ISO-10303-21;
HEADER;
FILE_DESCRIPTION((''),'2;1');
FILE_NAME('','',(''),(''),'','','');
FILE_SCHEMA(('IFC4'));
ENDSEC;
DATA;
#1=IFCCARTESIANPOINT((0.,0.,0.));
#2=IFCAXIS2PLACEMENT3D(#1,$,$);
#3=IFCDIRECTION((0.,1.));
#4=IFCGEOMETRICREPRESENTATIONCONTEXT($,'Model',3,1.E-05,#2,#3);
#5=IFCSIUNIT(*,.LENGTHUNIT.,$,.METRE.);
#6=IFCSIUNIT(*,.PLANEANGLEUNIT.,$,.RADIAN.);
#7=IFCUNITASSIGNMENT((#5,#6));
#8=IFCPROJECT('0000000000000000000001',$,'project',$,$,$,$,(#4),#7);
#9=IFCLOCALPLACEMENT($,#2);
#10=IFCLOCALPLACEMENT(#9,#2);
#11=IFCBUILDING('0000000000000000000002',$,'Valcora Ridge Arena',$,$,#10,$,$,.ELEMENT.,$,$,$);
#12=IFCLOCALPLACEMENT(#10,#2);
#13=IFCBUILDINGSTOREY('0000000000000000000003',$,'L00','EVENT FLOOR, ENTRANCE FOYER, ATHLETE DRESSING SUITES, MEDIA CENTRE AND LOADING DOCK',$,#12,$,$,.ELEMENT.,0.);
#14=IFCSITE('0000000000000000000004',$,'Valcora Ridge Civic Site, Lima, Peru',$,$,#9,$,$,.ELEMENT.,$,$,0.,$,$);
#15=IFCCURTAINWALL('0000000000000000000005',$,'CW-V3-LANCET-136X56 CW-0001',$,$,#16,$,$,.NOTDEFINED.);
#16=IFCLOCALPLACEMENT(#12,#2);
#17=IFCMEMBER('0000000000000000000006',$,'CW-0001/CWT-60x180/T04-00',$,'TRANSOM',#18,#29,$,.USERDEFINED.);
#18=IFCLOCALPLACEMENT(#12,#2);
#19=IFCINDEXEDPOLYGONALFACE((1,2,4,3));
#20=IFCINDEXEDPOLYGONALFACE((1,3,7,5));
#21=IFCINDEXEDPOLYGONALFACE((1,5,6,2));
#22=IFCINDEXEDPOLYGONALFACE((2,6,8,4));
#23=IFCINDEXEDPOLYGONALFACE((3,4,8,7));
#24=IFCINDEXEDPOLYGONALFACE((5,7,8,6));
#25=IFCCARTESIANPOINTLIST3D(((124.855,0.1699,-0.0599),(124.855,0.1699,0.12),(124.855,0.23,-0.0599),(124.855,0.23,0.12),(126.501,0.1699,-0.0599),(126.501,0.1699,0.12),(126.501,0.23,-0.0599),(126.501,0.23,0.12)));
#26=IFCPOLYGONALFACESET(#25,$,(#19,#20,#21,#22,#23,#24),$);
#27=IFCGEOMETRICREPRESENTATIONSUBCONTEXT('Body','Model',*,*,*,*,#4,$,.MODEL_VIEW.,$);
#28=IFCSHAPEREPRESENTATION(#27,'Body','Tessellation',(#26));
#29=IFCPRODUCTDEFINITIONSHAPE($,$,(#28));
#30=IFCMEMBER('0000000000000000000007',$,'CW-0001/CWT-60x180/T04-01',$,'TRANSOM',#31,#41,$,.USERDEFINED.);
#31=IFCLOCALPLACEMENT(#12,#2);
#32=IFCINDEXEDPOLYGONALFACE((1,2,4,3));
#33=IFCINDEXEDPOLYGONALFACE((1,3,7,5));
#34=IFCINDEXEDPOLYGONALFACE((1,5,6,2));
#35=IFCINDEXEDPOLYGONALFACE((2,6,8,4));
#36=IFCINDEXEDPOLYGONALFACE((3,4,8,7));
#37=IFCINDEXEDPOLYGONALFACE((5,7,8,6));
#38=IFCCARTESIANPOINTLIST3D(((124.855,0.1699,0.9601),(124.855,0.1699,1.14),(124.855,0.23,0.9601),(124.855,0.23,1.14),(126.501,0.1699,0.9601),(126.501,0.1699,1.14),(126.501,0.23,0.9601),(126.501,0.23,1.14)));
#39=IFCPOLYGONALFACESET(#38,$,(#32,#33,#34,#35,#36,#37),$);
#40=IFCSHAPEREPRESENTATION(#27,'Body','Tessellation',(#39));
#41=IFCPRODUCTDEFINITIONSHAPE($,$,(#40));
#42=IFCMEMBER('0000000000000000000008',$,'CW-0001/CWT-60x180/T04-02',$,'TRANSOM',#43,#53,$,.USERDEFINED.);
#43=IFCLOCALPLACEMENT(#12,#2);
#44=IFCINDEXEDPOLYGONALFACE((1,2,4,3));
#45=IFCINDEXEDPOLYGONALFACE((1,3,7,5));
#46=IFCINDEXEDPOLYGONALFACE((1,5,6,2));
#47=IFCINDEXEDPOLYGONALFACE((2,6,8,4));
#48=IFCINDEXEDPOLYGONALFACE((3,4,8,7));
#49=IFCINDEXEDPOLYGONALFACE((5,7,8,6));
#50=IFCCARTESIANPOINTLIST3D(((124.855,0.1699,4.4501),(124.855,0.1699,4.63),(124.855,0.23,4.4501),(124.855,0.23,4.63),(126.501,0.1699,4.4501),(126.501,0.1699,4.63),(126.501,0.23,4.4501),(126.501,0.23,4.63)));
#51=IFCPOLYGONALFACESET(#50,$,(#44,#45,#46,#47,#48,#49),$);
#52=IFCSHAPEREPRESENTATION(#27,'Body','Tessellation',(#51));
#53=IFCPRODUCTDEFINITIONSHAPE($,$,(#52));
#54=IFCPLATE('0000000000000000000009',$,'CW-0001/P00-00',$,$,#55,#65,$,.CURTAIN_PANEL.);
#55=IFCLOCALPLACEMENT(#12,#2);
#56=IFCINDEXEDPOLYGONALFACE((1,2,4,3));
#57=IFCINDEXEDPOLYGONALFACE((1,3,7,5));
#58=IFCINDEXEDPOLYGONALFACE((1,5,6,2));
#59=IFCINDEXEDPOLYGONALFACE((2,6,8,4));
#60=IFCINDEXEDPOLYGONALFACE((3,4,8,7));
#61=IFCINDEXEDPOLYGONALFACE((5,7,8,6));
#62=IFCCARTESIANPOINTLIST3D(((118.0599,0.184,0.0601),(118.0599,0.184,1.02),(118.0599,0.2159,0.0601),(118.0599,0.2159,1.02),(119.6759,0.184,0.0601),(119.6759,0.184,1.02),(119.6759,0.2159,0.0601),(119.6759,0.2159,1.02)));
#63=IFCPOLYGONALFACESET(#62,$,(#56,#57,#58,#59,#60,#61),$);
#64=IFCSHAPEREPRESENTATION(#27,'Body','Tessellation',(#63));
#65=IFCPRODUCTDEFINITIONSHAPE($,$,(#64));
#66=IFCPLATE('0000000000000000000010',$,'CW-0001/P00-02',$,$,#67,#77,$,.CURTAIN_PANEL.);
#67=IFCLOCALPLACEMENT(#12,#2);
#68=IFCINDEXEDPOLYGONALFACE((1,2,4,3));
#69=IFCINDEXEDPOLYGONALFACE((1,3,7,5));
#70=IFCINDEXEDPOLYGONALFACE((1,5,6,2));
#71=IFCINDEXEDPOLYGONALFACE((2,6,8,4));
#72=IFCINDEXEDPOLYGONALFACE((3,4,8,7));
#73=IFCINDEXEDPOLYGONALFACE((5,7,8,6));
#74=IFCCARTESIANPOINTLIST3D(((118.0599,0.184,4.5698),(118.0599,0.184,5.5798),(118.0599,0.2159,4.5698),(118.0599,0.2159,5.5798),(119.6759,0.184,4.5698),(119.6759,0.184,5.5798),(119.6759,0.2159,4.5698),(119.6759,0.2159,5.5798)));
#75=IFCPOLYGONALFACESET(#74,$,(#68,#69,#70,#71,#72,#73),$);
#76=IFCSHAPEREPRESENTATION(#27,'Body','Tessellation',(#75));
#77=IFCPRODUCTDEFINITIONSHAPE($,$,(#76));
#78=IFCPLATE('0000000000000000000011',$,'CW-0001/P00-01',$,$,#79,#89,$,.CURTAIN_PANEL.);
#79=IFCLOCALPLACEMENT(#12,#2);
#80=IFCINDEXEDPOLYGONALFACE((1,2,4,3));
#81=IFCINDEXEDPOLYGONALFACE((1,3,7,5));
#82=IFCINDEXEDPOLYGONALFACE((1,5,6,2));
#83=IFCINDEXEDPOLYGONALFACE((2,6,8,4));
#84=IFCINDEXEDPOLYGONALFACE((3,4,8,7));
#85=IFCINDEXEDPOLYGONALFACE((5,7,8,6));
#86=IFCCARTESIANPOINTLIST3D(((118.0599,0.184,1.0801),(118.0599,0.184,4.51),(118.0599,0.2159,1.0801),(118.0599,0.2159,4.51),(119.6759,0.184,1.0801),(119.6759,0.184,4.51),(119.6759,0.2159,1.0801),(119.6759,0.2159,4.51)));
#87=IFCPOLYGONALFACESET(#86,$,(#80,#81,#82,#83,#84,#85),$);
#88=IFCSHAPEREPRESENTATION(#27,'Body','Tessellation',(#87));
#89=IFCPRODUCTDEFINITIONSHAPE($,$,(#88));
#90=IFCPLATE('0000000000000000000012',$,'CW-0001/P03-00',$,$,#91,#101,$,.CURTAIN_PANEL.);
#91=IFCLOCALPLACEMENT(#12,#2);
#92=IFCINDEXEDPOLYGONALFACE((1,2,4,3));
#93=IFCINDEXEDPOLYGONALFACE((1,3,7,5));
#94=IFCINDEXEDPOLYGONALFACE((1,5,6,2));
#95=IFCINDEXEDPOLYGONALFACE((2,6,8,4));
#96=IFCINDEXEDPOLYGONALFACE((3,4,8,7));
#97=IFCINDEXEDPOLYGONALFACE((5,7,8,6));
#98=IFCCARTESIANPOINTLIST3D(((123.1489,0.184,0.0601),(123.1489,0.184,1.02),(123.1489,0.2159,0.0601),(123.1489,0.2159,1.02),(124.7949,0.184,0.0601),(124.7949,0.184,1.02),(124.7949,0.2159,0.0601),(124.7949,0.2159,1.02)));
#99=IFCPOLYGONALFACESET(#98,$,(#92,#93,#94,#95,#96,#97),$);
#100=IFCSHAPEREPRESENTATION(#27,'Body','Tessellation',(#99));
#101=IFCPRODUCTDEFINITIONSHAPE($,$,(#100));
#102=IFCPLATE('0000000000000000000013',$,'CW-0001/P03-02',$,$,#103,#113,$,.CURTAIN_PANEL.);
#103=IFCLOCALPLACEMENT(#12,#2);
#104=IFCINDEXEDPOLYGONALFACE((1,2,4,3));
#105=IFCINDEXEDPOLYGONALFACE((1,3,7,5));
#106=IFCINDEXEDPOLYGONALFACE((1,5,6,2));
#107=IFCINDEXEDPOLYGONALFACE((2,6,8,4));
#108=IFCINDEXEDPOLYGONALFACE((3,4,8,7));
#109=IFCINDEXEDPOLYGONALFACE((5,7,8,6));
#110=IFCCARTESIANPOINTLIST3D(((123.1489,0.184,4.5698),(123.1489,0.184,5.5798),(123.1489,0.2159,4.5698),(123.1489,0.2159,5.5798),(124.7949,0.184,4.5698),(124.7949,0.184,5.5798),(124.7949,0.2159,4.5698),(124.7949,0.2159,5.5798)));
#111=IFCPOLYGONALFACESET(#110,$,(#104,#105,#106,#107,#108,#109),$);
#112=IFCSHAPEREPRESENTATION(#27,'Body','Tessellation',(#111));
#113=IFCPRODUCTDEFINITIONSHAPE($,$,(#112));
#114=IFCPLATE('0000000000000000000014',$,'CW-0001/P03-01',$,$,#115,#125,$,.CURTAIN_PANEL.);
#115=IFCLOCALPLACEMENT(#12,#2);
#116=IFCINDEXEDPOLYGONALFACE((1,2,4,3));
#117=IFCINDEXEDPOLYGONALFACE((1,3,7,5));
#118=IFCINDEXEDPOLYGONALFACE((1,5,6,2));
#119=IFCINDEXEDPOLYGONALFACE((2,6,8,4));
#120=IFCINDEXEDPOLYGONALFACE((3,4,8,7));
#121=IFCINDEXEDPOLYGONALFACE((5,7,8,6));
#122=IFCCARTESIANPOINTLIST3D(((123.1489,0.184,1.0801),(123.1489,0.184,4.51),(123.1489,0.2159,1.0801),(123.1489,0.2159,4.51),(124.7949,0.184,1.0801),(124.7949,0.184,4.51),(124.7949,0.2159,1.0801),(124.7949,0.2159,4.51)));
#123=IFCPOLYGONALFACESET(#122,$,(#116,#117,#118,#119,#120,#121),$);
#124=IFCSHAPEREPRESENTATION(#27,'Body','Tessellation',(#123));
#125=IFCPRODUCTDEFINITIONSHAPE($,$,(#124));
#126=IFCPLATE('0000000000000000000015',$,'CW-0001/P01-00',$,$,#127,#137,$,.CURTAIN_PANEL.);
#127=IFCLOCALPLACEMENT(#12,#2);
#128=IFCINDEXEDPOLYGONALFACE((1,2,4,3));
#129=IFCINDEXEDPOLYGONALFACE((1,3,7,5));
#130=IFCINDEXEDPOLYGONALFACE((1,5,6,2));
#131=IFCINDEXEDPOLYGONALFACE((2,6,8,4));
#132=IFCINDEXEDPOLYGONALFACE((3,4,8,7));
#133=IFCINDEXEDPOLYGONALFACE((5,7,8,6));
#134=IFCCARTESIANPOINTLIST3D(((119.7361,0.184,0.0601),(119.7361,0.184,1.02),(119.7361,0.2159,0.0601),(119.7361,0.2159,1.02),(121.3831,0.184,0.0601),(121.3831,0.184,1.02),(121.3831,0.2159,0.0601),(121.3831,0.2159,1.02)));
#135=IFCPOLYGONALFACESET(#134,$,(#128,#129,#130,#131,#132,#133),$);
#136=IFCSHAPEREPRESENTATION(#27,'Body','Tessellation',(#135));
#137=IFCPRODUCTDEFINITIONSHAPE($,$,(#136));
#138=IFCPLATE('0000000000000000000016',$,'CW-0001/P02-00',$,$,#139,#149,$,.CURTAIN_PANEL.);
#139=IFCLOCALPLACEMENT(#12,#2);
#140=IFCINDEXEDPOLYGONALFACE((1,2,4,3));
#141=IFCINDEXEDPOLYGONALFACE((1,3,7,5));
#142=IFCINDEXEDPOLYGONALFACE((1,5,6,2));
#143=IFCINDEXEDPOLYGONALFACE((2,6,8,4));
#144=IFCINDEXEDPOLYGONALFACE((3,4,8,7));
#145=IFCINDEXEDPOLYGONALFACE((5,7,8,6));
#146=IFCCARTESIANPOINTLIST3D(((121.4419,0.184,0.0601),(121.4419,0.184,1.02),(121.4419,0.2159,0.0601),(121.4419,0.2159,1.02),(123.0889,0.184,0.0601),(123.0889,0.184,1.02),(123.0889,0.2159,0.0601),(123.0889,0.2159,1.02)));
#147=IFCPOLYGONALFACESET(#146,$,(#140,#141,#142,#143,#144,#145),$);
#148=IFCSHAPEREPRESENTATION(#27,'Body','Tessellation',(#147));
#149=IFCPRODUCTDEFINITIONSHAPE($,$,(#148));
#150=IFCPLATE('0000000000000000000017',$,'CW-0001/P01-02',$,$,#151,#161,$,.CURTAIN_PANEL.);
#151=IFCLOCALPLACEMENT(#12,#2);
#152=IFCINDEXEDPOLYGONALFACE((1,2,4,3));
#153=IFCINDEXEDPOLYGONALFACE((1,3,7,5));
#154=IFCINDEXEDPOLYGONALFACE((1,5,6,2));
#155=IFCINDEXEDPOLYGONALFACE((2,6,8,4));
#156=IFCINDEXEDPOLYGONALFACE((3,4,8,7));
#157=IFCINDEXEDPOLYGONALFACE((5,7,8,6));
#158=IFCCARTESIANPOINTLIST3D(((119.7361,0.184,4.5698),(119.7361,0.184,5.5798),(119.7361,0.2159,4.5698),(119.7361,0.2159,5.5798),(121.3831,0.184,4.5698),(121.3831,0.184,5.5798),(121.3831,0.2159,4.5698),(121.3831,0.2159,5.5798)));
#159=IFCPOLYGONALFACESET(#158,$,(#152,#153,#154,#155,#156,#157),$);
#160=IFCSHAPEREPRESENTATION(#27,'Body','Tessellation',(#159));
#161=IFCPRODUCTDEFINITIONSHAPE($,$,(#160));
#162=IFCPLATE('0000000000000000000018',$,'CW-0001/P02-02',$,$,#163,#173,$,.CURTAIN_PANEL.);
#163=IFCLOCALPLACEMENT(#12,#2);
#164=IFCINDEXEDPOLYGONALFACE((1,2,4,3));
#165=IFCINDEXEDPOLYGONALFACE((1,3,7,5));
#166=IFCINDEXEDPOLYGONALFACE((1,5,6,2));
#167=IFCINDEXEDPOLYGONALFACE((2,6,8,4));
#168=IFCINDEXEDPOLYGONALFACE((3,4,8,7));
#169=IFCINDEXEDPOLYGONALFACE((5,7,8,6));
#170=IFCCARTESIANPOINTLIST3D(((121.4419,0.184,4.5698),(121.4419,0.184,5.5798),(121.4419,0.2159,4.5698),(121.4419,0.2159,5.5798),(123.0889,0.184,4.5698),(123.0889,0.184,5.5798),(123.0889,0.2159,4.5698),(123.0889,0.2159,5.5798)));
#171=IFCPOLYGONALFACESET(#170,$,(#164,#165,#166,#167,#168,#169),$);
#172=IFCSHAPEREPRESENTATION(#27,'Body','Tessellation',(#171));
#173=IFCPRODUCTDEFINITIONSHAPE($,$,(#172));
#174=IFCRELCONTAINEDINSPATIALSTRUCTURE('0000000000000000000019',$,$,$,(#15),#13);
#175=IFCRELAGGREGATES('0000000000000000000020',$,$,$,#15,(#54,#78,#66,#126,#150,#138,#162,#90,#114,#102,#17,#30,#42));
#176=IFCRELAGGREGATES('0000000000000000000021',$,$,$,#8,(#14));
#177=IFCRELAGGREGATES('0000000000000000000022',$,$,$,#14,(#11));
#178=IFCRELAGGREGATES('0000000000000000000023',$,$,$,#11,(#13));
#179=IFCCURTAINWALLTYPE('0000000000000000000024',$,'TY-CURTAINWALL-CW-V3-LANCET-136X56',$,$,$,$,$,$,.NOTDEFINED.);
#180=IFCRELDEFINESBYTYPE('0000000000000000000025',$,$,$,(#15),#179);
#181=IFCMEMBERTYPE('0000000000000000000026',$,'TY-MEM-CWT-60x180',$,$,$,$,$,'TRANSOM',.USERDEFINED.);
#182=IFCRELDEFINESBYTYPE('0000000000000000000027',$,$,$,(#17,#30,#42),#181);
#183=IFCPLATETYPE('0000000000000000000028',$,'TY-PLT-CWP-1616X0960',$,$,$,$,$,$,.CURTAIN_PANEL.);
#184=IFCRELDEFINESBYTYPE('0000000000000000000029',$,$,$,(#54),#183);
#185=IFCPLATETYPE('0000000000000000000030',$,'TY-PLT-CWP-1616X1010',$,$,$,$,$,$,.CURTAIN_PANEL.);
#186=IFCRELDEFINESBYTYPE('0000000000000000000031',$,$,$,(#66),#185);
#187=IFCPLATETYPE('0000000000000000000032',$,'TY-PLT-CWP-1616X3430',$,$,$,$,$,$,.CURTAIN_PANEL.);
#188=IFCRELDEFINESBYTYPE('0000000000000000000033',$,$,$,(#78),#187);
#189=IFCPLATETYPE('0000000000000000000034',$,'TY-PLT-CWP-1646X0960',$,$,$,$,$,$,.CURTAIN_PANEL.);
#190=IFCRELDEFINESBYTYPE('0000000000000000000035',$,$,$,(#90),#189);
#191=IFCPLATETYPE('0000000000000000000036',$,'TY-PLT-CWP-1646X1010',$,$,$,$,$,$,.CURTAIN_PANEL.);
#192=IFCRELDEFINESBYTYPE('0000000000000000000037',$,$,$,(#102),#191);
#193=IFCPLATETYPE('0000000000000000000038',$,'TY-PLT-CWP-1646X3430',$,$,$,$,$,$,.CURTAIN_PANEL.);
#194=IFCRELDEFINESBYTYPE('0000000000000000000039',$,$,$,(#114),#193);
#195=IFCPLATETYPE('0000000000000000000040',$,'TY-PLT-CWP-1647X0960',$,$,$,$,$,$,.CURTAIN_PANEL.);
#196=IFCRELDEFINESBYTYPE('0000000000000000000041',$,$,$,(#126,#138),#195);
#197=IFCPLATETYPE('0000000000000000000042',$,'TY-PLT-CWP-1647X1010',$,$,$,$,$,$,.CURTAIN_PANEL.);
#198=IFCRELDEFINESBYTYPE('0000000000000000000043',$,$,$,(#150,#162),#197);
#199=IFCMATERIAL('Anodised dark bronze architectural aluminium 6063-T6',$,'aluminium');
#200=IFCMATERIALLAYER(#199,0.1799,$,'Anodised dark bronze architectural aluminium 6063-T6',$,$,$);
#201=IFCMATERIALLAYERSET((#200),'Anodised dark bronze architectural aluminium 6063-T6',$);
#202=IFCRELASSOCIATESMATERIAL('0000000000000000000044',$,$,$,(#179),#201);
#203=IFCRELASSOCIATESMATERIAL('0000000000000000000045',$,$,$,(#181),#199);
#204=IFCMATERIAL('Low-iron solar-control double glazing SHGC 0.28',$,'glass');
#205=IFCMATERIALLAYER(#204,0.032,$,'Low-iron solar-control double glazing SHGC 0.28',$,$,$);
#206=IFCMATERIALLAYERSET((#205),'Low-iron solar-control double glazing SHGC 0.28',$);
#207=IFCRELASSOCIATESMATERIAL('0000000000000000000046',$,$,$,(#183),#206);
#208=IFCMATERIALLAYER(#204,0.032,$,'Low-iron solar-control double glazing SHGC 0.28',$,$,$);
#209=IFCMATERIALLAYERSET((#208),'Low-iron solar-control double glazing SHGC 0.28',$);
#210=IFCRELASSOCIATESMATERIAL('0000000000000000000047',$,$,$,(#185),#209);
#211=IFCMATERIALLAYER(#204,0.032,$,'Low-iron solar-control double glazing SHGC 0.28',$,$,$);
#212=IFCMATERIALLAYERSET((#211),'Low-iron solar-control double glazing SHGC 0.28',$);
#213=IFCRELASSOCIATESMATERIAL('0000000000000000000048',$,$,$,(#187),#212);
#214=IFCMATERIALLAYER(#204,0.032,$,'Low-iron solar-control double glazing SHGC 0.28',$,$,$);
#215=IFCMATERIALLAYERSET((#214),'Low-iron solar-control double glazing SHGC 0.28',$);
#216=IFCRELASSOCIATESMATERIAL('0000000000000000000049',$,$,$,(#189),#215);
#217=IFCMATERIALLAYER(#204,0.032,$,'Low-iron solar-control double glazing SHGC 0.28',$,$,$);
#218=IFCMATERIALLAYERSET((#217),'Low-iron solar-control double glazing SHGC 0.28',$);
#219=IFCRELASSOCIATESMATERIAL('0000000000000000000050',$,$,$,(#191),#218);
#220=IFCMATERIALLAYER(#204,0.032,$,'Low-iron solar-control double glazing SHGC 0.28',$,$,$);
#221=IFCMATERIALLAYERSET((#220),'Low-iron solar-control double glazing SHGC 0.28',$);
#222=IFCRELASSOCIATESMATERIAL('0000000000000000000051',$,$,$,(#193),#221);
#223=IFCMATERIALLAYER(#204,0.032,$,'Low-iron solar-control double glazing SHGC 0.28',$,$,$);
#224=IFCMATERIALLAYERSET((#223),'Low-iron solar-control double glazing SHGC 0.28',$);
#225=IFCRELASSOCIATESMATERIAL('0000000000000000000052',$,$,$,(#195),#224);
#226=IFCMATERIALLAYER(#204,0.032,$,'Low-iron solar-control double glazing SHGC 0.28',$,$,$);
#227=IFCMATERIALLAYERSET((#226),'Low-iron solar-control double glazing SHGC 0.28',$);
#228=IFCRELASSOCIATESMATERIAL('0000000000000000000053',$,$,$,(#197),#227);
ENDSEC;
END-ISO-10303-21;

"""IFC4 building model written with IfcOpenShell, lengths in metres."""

from ifc_helpers import new_model, si_unit, direction, frame, origin, origin_2d, place, context, subcontext, project, spatial, rectangle, extrude, material, layer, layer_set, material_profile, profile_set, type_object, element, aggregate, save


model = new_model("IFC4")

# Units and contexts
model_context = context("Model", 3, precision=1e-05, world=origin(), true_north=direction((0.0, 1.0)))
body_context = subcontext(model_context, "Body", "Model", "MODEL_VIEW")
ifc_project = project(units=[si_unit("LENGTHUNIT", "METRE"), si_unit("PLANEANGLEUNIT", "RADIAN")], contexts=[model_context])

# Site, building, storey
site_placement = place(None, origin())
site = spatial("IfcSite", under=ifc_project, at=site_placement, Name="Valcora Ridge Civic Site, Lima, Peru", CompositionType="ELEMENT", RefElevation=0.0)
building_placement = place(site_placement, origin())
building = spatial("IfcBuilding", under=site, at=building_placement, Name="Valcora Ridge Arena", CompositionType="ELEMENT")
storey_placement = place(building_placement, origin())
storey = spatial("IfcBuildingStorey", under=building, at=storey_placement, Name="L00", Description="EVENT FLOOR, ENTRANCE FOYER, ATHLETE DRESSING SUITES, MEDIA CENTRE AND LOADING DOCK", CompositionType="ELEMENT", Elevation=0.0)

# Curtain wall, members, plates
ifc_material_1 = material(Name="Anodised dark bronze architectural aluminium 6063-T6", Category="aluminium")
ifc_layer_1 = layer(ifc_material_1, 0.1799, Name="Anodised dark bronze architectural aluminium 6063-T6")
ifc_layer_set_1 = layer_set([ifc_layer_1], Name="Anodised dark bronze architectural aluminium 6063-T6")
curtain_wall_type = type_object("IfcCurtainWallType", Name="TY-CURTAINWALL-CW-V3-LANCET-136X56", PredefinedType="NOTDEFINED", material=ifc_layer_set_1)
curtain_wall_placement = place(storey_placement, origin())
curtain_wall = element("IfcCurtainWall", 1, at=curtain_wall_placement, inside=storey, type_object=curtain_wall_type, Name="CW-V3-LANCET-136X56 CW-0001", PredefinedType="NOTDEFINED")
ifc_material_profile_1 = material_profile(ifc_material_1, rectangle(XDim=0.0601, YDim=0.1799, at=origin_2d()), Name="ALU TRANSOM 60x180")
ifc_profile_set_1 = profile_set([ifc_material_profile_1], Name="Anodised dark bronze architectural aluminium 6063-T6")
member_type_1 = type_object("IfcMemberType", Name="TY-MEM-CWT-60x180", ElementType="TRANSOM", PredefinedType="USERDEFINED", material=ifc_profile_set_1)
member_1_placement = place(storey_placement, frame((124.855, 0.2, 0.03), z_axis=(1.0, 0.0, 0.0), x_axis=(0.0, 1.0, 0.0)))
member_1 = element("IfcMember", 2, at=member_1_placement, type_object=member_type_1, Name="CW-0001/CWT-60x180/T04-00", ObjectType="TRANSOM", PredefinedType="USERDEFINED", context=body_context, shape_type="SweptSolid", body=[
    extrude(rectangle(XDim=0.0601, YDim=0.1799, at=origin_2d()), origin(), (0.0, 0.0, 1.0), 1.646),
])
member_2_placement = place(storey_placement, frame((124.855, 0.2, 1.05), z_axis=(1.0, 0.0, 0.0), x_axis=(0.0, 1.0, 0.0)))
member_2 = element("IfcMember", 3, at=member_2_placement, type_object=member_type_1, Name="CW-0001/CWT-60x180/T04-01", ObjectType="TRANSOM", PredefinedType="USERDEFINED", context=body_context, shape_type="SweptSolid", body=[
    extrude(rectangle(XDim=0.0601, YDim=0.1799, at=origin_2d()), origin(), (0.0, 0.0, 1.0), 1.646),
])
member_3_placement = place(storey_placement, frame((124.855, 0.2, 4.54), z_axis=(1.0, 0.0, 0.0), x_axis=(0.0, 1.0, 0.0)))
member_3 = element("IfcMember", 4, at=member_3_placement, type_object=member_type_1, Name="CW-0001/CWT-60x180/T04-02", ObjectType="TRANSOM", PredefinedType="USERDEFINED", context=body_context, shape_type="SweptSolid", body=[
    extrude(rectangle(XDim=0.0601, YDim=0.1799, at=origin_2d()), origin(), (0.0, 0.0, 1.0), 1.646),
])
ifc_material_2 = material(Name="Low-iron solar-control double glazing SHGC 0.28", Category="glass")
ifc_layer_2 = layer(ifc_material_2, 0.032, Name="Low-iron solar-control double glazing SHGC 0.28")
ifc_layer_set_2 = layer_set([ifc_layer_2], Name="Low-iron solar-control double glazing SHGC 0.28")
plate_type_1 = type_object("IfcPlateType", Name="TY-PLT-CWP-1616X0960", PredefinedType="CURTAIN_PANEL", material=ifc_layer_set_2)
plate_1_placement = place(storey_placement, frame((118.8679, 0.2, 0.0601), z_axis=(0.0, 0.0, 1.0), x_axis=(1.0, 0.0, 0.0)))
plate_1 = element("IfcPlate", 5, at=plate_1_placement, type_object=plate_type_1, Name="CW-0001/P00-00", PredefinedType="CURTAIN_PANEL", context=body_context, shape_type="SweptSolid", body=[
    extrude(rectangle(XDim=1.616, YDim=0.032, at=origin_2d()), origin(), (0.0, 0.0, 1.0), 0.96),
])
ifc_layer_3 = layer(ifc_material_2, 0.032, Name="Low-iron solar-control double glazing SHGC 0.28")
ifc_layer_set_3 = layer_set([ifc_layer_3], Name="Low-iron solar-control double glazing SHGC 0.28")
plate_type_2 = type_object("IfcPlateType", Name="TY-PLT-CWP-1616X1010", PredefinedType="CURTAIN_PANEL", material=ifc_layer_set_3)
plate_2_placement = place(storey_placement, frame((118.8679, 0.2, 4.5698), z_axis=(0.0, 0.0, 1.0), x_axis=(1.0, 0.0, 0.0)))
plate_2 = element("IfcPlate", 6, at=plate_2_placement, type_object=plate_type_2, Name="CW-0001/P00-02", PredefinedType="CURTAIN_PANEL", context=body_context, shape_type="SweptSolid", body=[
    extrude(rectangle(XDim=1.616, YDim=0.032, at=origin_2d()), origin(), (0.0, 0.0, 1.0), 1.01),
])
ifc_layer_4 = layer(ifc_material_2, 0.032, Name="Low-iron solar-control double glazing SHGC 0.28")
ifc_layer_set_4 = layer_set([ifc_layer_4], Name="Low-iron solar-control double glazing SHGC 0.28")
plate_type_3 = type_object("IfcPlateType", Name="TY-PLT-CWP-1616X3430", PredefinedType="CURTAIN_PANEL", material=ifc_layer_set_4)
plate_3_placement = place(storey_placement, frame((118.8679, 0.2, 1.0801), z_axis=(0.0, 0.0, 1.0), x_axis=(1.0, 0.0, 0.0)))
plate_3 = element("IfcPlate", 7, at=plate_3_placement, type_object=plate_type_3, Name="CW-0001/P00-01", PredefinedType="CURTAIN_PANEL", context=body_context, shape_type="SweptSolid", body=[
    extrude(rectangle(XDim=1.616, YDim=0.032, at=origin_2d()), origin(), (0.0, 0.0, 1.0), 3.4299),
])
ifc_layer_5 = layer(ifc_material_2, 0.032, Name="Low-iron solar-control double glazing SHGC 0.28")
ifc_layer_set_5 = layer_set([ifc_layer_5], Name="Low-iron solar-control double glazing SHGC 0.28")
plate_type_4 = type_object("IfcPlateType", Name="TY-PLT-CWP-1646X0960", PredefinedType="CURTAIN_PANEL", material=ifc_layer_set_5)
plate_4_placement = place(storey_placement, frame((123.9719, 0.2, 0.0601), z_axis=(0.0, 0.0, 1.0), x_axis=(1.0, 0.0, 0.0)))
plate_4 = element("IfcPlate", 8, at=plate_4_placement, type_object=plate_type_4, Name="CW-0001/P03-00", PredefinedType="CURTAIN_PANEL", context=body_context, shape_type="SweptSolid", body=[
    extrude(rectangle(XDim=1.646, YDim=0.032, at=origin_2d()), origin(), (0.0, 0.0, 1.0), 0.96),
])
ifc_layer_6 = layer(ifc_material_2, 0.032, Name="Low-iron solar-control double glazing SHGC 0.28")
ifc_layer_set_6 = layer_set([ifc_layer_6], Name="Low-iron solar-control double glazing SHGC 0.28")
plate_type_5 = type_object("IfcPlateType", Name="TY-PLT-CWP-1646X1010", PredefinedType="CURTAIN_PANEL", material=ifc_layer_set_6)
plate_5_placement = place(storey_placement, frame((123.9719, 0.2, 4.5698), z_axis=(0.0, 0.0, 1.0), x_axis=(1.0, 0.0, 0.0)))
plate_5 = element("IfcPlate", 9, at=plate_5_placement, type_object=plate_type_5, Name="CW-0001/P03-02", PredefinedType="CURTAIN_PANEL", context=body_context, shape_type="SweptSolid", body=[
    extrude(rectangle(XDim=1.646, YDim=0.032, at=origin_2d()), origin(), (0.0, 0.0, 1.0), 1.01),
])
ifc_layer_7 = layer(ifc_material_2, 0.032, Name="Low-iron solar-control double glazing SHGC 0.28")
ifc_layer_set_7 = layer_set([ifc_layer_7], Name="Low-iron solar-control double glazing SHGC 0.28")
plate_type_6 = type_object("IfcPlateType", Name="TY-PLT-CWP-1646X3430", PredefinedType="CURTAIN_PANEL", material=ifc_layer_set_7)
plate_6_placement = place(storey_placement, frame((123.9719, 0.2, 1.0801), z_axis=(0.0, 0.0, 1.0), x_axis=(1.0, 0.0, 0.0)))
plate_6 = element("IfcPlate", 10, at=plate_6_placement, type_object=plate_type_6, Name="CW-0001/P03-01", PredefinedType="CURTAIN_PANEL", context=body_context, shape_type="SweptSolid", body=[
    extrude(rectangle(XDim=1.646, YDim=0.032, at=origin_2d()), origin(), (0.0, 0.0, 1.0), 3.4299),
])
ifc_layer_8 = layer(ifc_material_2, 0.032, Name="Low-iron solar-control double glazing SHGC 0.28")
ifc_layer_set_8 = layer_set([ifc_layer_8], Name="Low-iron solar-control double glazing SHGC 0.28")
plate_type_7 = type_object("IfcPlateType", Name="TY-PLT-CWP-1647X0960", PredefinedType="CURTAIN_PANEL", material=ifc_layer_set_8)
plate_7_placement = place(storey_placement, frame((120.5596, 0.2, 0.0601), z_axis=(0.0, 0.0, 1.0), x_axis=(1.0, 0.0, 0.0)))
plate_7 = element("IfcPlate", 11, at=plate_7_placement, type_object=plate_type_7, Name="CW-0001/P01-00", PredefinedType="CURTAIN_PANEL", context=body_context, shape_type="SweptSolid", body=[
    extrude(rectangle(XDim=1.647, YDim=0.032, at=origin_2d()), origin(), (0.0, 0.0, 1.0), 0.96),
])
plate_8_placement = place(storey_placement, frame((122.2654, 0.2, 0.0601), z_axis=(0.0, 0.0, 1.0), x_axis=(1.0, 0.0, 0.0)))
plate_8 = element("IfcPlate", 12, at=plate_8_placement, type_object=plate_type_7, Name="CW-0001/P02-00", PredefinedType="CURTAIN_PANEL", context=body_context, shape_type="SweptSolid", body=[
    extrude(rectangle(XDim=1.647, YDim=0.032, at=origin_2d()), origin(), (0.0, 0.0, 1.0), 0.96),
])
ifc_layer_9 = layer(ifc_material_2, 0.032, Name="Low-iron solar-control double glazing SHGC 0.28")
ifc_layer_set_9 = layer_set([ifc_layer_9], Name="Low-iron solar-control double glazing SHGC 0.28")
plate_type_8 = type_object("IfcPlateType", Name="TY-PLT-CWP-1647X1010", PredefinedType="CURTAIN_PANEL", material=ifc_layer_set_9)
plate_9_placement = place(storey_placement, frame((120.5596, 0.2, 4.5698), z_axis=(0.0, 0.0, 1.0), x_axis=(1.0, 0.0, 0.0)))
plate_9 = element("IfcPlate", 13, at=plate_9_placement, type_object=plate_type_8, Name="CW-0001/P01-02", PredefinedType="CURTAIN_PANEL", context=body_context, shape_type="SweptSolid", body=[
    extrude(rectangle(XDim=1.647, YDim=0.032, at=origin_2d()), origin(), (0.0, 0.0, 1.0), 1.01),
])
plate_10_placement = place(storey_placement, frame((122.2654, 0.2, 4.5698), z_axis=(0.0, 0.0, 1.0), x_axis=(1.0, 0.0, 0.0)))
plate_10 = element("IfcPlate", 14, at=plate_10_placement, type_object=plate_type_8, Name="CW-0001/P02-02", PredefinedType="CURTAIN_PANEL", context=body_context, shape_type="SweptSolid", body=[
    extrude(rectangle(XDim=1.647, YDim=0.032, at=origin_2d()), origin(), (0.0, 0.0, 1.0), 1.01),
])
aggregate(curtain_wall, [plate_1, plate_3, plate_2, plate_7, plate_9, plate_8, plate_10, plate_4, plate_6, plate_5, member_1, member_2, member_3])

save(model, "model.ifc")
